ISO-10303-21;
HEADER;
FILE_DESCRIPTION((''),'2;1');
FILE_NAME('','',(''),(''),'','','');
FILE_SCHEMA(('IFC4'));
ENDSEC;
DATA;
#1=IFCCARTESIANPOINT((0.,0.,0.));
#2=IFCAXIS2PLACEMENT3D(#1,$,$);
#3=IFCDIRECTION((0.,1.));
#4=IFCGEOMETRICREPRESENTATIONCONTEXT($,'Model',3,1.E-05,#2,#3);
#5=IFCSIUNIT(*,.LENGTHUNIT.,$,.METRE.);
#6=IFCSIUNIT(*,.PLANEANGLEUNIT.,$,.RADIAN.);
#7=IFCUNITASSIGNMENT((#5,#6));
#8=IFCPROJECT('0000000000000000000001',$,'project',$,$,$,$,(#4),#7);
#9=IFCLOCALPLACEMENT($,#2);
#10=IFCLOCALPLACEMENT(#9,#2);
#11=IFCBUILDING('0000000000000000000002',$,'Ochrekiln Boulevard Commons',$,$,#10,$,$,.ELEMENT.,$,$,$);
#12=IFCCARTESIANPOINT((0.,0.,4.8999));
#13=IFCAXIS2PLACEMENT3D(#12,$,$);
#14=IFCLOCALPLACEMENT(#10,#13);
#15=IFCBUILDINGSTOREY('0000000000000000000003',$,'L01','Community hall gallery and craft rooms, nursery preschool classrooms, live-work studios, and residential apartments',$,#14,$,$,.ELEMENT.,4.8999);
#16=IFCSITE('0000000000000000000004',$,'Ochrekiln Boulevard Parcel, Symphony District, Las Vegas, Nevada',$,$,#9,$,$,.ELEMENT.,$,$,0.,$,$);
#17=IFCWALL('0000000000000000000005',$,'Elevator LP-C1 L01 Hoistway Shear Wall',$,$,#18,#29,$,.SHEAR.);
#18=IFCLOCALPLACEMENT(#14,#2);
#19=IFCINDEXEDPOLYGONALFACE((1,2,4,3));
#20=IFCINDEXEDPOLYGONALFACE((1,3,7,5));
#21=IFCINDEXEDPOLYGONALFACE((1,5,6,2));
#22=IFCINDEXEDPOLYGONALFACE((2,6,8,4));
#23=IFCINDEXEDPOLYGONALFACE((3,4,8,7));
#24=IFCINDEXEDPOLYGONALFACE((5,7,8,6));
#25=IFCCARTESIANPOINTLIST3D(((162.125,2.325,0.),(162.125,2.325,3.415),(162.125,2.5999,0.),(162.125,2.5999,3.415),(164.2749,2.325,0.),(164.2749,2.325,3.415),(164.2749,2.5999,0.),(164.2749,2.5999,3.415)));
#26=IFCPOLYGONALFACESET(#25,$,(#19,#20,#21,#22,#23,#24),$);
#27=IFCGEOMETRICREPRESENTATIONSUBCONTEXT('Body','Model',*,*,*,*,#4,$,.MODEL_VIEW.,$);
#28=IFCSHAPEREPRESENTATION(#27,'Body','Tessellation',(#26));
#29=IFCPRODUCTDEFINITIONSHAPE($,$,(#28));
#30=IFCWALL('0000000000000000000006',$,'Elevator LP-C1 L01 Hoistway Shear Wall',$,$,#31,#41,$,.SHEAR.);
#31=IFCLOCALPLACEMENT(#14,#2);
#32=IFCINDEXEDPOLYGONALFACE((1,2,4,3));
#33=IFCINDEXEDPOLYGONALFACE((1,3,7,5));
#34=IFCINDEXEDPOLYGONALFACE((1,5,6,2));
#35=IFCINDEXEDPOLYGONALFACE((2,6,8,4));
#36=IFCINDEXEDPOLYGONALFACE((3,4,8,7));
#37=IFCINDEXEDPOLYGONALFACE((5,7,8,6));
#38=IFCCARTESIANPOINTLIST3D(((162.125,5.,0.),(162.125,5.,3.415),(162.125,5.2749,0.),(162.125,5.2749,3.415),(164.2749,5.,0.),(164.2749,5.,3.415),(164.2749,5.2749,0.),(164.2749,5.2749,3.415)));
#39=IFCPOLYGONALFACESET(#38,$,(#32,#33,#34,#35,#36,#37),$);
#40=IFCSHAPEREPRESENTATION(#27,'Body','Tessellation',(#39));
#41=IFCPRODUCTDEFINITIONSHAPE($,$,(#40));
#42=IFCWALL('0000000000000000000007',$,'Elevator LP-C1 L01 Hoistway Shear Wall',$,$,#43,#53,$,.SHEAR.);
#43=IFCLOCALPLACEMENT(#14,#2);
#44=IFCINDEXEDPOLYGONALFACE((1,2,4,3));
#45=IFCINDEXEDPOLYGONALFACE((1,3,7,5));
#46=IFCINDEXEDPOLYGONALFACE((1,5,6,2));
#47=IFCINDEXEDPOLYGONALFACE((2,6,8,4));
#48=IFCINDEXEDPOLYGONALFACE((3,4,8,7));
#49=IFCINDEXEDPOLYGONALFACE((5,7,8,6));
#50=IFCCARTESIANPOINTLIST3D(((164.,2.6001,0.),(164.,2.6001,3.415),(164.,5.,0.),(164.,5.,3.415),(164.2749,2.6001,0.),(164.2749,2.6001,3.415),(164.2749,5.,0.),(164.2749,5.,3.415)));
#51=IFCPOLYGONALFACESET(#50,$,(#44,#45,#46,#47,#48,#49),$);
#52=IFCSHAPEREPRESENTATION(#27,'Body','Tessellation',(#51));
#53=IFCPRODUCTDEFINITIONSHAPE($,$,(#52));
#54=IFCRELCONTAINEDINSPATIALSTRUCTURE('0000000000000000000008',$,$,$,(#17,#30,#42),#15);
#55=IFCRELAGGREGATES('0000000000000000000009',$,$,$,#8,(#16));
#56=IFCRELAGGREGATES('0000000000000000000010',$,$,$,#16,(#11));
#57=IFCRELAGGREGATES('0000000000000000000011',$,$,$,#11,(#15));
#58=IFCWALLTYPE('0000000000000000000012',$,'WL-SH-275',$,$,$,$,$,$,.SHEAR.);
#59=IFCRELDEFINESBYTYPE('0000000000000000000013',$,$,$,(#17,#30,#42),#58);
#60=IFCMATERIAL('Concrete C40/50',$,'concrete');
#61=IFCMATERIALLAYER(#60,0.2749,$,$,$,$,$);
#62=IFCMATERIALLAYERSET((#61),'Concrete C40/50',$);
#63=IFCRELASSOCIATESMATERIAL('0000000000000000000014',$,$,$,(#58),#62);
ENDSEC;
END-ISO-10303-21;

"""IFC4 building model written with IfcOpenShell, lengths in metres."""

from ifc_helpers import new_model, si_unit, direction, frame, frame_2d, origin, place, context, subcontext, project, spatial, rectangle, extrude, material, layer, layer_set, type_object, element, save


model = new_model("IFC4")

# Units and contexts
model_context = context("Model", 3, precision=1e-05, world=origin(), true_north=direction((0.0, 1.0)))
body_context = subcontext(model_context, "Body", "Model", "MODEL_VIEW")
ifc_project = project(units=[si_unit("LENGTHUNIT", "METRE"), si_unit("PLANEANGLEUNIT", "RADIAN")], contexts=[model_context])

# Site, building, storey
site_placement = place(None, origin())
site = spatial("IfcSite", under=ifc_project, at=site_placement, Name="Ochrekiln Boulevard Parcel, Symphony District, Las Vegas, Nevada", CompositionType="ELEMENT", RefElevation=0.0)
building_placement = place(site_placement, origin())
building = spatial("IfcBuilding", under=site, at=building_placement, Name="Ochrekiln Boulevard Commons", CompositionType="ELEMENT")
storey_placement = place(building_placement, frame((0.0, 0.0, 4.8999)))
storey = spatial("IfcBuildingStorey", under=building, at=storey_placement, Name="L01", Description="Community hall gallery and craft rooms, nursery preschool classrooms, live-work studios, and residential apartments", CompositionType="ELEMENT", Elevation=4.8999)

# Shared definitions
ifc_material_1 = material(Name="Concrete C40/50", Category="concrete")

# Walls
ifc_layer_1 = layer(ifc_material_1, 0.2749)
ifc_layer_set_1 = layer_set([ifc_layer_1], Name="Concrete C40/50")
wall_type_1 = type_object("IfcWallType", Name="WL-SH-275", PredefinedType="SHEAR", material=ifc_layer_set_1)
for number, where, z_axis, x_axis, name in (
    (1, (162.125, 2.4624, 0.0), (0.0, 0.0, 1.0), (1.0, 0.0, 0.0), "Elevator LP-C1 L01 Hoistway Shear Wall"),
    (2, (162.125, 5.1375, 0.0), (0.0, 0.0, 1.0), (1.0, 0.0, 0.0), "Elevator LP-C1 L01 Hoistway Shear Wall"),
):
    element("IfcWall", number, at=place(storey_placement, frame(where, z_axis=z_axis, x_axis=x_axis)), inside=storey, type_object=wall_type_1, Name=name, PredefinedType="SHEAR", context=body_context, shape_type="SweptSolid", body=[
        extrude(rectangle(XDim=2.1499, YDim=0.2749, at=frame_2d((1.075, 0.0))), origin(), (0.0, 0.0, 1.0), 3.415),
    ])

# Wall
wall_1_placement = place(storey_placement, frame((164.1375, 2.6001, 0.0), z_axis=(0.0, 0.0, 1.0), x_axis=(0.0, 1.0, 0.0)))
element("IfcWall", 3, at=wall_1_placement, inside=storey, type_object=wall_type_1, Name="Elevator LP-C1 L01 Hoistway Shear Wall", PredefinedType="SHEAR", context=body_context, shape_type="SweptSolid", body=[
    extrude(rectangle(XDim=2.3999, YDim=0.2749, at=frame_2d((1.2, 0.0))), origin(), (0.0, 0.0, 1.0), 3.415),
])

save(model, "model.ifc")
